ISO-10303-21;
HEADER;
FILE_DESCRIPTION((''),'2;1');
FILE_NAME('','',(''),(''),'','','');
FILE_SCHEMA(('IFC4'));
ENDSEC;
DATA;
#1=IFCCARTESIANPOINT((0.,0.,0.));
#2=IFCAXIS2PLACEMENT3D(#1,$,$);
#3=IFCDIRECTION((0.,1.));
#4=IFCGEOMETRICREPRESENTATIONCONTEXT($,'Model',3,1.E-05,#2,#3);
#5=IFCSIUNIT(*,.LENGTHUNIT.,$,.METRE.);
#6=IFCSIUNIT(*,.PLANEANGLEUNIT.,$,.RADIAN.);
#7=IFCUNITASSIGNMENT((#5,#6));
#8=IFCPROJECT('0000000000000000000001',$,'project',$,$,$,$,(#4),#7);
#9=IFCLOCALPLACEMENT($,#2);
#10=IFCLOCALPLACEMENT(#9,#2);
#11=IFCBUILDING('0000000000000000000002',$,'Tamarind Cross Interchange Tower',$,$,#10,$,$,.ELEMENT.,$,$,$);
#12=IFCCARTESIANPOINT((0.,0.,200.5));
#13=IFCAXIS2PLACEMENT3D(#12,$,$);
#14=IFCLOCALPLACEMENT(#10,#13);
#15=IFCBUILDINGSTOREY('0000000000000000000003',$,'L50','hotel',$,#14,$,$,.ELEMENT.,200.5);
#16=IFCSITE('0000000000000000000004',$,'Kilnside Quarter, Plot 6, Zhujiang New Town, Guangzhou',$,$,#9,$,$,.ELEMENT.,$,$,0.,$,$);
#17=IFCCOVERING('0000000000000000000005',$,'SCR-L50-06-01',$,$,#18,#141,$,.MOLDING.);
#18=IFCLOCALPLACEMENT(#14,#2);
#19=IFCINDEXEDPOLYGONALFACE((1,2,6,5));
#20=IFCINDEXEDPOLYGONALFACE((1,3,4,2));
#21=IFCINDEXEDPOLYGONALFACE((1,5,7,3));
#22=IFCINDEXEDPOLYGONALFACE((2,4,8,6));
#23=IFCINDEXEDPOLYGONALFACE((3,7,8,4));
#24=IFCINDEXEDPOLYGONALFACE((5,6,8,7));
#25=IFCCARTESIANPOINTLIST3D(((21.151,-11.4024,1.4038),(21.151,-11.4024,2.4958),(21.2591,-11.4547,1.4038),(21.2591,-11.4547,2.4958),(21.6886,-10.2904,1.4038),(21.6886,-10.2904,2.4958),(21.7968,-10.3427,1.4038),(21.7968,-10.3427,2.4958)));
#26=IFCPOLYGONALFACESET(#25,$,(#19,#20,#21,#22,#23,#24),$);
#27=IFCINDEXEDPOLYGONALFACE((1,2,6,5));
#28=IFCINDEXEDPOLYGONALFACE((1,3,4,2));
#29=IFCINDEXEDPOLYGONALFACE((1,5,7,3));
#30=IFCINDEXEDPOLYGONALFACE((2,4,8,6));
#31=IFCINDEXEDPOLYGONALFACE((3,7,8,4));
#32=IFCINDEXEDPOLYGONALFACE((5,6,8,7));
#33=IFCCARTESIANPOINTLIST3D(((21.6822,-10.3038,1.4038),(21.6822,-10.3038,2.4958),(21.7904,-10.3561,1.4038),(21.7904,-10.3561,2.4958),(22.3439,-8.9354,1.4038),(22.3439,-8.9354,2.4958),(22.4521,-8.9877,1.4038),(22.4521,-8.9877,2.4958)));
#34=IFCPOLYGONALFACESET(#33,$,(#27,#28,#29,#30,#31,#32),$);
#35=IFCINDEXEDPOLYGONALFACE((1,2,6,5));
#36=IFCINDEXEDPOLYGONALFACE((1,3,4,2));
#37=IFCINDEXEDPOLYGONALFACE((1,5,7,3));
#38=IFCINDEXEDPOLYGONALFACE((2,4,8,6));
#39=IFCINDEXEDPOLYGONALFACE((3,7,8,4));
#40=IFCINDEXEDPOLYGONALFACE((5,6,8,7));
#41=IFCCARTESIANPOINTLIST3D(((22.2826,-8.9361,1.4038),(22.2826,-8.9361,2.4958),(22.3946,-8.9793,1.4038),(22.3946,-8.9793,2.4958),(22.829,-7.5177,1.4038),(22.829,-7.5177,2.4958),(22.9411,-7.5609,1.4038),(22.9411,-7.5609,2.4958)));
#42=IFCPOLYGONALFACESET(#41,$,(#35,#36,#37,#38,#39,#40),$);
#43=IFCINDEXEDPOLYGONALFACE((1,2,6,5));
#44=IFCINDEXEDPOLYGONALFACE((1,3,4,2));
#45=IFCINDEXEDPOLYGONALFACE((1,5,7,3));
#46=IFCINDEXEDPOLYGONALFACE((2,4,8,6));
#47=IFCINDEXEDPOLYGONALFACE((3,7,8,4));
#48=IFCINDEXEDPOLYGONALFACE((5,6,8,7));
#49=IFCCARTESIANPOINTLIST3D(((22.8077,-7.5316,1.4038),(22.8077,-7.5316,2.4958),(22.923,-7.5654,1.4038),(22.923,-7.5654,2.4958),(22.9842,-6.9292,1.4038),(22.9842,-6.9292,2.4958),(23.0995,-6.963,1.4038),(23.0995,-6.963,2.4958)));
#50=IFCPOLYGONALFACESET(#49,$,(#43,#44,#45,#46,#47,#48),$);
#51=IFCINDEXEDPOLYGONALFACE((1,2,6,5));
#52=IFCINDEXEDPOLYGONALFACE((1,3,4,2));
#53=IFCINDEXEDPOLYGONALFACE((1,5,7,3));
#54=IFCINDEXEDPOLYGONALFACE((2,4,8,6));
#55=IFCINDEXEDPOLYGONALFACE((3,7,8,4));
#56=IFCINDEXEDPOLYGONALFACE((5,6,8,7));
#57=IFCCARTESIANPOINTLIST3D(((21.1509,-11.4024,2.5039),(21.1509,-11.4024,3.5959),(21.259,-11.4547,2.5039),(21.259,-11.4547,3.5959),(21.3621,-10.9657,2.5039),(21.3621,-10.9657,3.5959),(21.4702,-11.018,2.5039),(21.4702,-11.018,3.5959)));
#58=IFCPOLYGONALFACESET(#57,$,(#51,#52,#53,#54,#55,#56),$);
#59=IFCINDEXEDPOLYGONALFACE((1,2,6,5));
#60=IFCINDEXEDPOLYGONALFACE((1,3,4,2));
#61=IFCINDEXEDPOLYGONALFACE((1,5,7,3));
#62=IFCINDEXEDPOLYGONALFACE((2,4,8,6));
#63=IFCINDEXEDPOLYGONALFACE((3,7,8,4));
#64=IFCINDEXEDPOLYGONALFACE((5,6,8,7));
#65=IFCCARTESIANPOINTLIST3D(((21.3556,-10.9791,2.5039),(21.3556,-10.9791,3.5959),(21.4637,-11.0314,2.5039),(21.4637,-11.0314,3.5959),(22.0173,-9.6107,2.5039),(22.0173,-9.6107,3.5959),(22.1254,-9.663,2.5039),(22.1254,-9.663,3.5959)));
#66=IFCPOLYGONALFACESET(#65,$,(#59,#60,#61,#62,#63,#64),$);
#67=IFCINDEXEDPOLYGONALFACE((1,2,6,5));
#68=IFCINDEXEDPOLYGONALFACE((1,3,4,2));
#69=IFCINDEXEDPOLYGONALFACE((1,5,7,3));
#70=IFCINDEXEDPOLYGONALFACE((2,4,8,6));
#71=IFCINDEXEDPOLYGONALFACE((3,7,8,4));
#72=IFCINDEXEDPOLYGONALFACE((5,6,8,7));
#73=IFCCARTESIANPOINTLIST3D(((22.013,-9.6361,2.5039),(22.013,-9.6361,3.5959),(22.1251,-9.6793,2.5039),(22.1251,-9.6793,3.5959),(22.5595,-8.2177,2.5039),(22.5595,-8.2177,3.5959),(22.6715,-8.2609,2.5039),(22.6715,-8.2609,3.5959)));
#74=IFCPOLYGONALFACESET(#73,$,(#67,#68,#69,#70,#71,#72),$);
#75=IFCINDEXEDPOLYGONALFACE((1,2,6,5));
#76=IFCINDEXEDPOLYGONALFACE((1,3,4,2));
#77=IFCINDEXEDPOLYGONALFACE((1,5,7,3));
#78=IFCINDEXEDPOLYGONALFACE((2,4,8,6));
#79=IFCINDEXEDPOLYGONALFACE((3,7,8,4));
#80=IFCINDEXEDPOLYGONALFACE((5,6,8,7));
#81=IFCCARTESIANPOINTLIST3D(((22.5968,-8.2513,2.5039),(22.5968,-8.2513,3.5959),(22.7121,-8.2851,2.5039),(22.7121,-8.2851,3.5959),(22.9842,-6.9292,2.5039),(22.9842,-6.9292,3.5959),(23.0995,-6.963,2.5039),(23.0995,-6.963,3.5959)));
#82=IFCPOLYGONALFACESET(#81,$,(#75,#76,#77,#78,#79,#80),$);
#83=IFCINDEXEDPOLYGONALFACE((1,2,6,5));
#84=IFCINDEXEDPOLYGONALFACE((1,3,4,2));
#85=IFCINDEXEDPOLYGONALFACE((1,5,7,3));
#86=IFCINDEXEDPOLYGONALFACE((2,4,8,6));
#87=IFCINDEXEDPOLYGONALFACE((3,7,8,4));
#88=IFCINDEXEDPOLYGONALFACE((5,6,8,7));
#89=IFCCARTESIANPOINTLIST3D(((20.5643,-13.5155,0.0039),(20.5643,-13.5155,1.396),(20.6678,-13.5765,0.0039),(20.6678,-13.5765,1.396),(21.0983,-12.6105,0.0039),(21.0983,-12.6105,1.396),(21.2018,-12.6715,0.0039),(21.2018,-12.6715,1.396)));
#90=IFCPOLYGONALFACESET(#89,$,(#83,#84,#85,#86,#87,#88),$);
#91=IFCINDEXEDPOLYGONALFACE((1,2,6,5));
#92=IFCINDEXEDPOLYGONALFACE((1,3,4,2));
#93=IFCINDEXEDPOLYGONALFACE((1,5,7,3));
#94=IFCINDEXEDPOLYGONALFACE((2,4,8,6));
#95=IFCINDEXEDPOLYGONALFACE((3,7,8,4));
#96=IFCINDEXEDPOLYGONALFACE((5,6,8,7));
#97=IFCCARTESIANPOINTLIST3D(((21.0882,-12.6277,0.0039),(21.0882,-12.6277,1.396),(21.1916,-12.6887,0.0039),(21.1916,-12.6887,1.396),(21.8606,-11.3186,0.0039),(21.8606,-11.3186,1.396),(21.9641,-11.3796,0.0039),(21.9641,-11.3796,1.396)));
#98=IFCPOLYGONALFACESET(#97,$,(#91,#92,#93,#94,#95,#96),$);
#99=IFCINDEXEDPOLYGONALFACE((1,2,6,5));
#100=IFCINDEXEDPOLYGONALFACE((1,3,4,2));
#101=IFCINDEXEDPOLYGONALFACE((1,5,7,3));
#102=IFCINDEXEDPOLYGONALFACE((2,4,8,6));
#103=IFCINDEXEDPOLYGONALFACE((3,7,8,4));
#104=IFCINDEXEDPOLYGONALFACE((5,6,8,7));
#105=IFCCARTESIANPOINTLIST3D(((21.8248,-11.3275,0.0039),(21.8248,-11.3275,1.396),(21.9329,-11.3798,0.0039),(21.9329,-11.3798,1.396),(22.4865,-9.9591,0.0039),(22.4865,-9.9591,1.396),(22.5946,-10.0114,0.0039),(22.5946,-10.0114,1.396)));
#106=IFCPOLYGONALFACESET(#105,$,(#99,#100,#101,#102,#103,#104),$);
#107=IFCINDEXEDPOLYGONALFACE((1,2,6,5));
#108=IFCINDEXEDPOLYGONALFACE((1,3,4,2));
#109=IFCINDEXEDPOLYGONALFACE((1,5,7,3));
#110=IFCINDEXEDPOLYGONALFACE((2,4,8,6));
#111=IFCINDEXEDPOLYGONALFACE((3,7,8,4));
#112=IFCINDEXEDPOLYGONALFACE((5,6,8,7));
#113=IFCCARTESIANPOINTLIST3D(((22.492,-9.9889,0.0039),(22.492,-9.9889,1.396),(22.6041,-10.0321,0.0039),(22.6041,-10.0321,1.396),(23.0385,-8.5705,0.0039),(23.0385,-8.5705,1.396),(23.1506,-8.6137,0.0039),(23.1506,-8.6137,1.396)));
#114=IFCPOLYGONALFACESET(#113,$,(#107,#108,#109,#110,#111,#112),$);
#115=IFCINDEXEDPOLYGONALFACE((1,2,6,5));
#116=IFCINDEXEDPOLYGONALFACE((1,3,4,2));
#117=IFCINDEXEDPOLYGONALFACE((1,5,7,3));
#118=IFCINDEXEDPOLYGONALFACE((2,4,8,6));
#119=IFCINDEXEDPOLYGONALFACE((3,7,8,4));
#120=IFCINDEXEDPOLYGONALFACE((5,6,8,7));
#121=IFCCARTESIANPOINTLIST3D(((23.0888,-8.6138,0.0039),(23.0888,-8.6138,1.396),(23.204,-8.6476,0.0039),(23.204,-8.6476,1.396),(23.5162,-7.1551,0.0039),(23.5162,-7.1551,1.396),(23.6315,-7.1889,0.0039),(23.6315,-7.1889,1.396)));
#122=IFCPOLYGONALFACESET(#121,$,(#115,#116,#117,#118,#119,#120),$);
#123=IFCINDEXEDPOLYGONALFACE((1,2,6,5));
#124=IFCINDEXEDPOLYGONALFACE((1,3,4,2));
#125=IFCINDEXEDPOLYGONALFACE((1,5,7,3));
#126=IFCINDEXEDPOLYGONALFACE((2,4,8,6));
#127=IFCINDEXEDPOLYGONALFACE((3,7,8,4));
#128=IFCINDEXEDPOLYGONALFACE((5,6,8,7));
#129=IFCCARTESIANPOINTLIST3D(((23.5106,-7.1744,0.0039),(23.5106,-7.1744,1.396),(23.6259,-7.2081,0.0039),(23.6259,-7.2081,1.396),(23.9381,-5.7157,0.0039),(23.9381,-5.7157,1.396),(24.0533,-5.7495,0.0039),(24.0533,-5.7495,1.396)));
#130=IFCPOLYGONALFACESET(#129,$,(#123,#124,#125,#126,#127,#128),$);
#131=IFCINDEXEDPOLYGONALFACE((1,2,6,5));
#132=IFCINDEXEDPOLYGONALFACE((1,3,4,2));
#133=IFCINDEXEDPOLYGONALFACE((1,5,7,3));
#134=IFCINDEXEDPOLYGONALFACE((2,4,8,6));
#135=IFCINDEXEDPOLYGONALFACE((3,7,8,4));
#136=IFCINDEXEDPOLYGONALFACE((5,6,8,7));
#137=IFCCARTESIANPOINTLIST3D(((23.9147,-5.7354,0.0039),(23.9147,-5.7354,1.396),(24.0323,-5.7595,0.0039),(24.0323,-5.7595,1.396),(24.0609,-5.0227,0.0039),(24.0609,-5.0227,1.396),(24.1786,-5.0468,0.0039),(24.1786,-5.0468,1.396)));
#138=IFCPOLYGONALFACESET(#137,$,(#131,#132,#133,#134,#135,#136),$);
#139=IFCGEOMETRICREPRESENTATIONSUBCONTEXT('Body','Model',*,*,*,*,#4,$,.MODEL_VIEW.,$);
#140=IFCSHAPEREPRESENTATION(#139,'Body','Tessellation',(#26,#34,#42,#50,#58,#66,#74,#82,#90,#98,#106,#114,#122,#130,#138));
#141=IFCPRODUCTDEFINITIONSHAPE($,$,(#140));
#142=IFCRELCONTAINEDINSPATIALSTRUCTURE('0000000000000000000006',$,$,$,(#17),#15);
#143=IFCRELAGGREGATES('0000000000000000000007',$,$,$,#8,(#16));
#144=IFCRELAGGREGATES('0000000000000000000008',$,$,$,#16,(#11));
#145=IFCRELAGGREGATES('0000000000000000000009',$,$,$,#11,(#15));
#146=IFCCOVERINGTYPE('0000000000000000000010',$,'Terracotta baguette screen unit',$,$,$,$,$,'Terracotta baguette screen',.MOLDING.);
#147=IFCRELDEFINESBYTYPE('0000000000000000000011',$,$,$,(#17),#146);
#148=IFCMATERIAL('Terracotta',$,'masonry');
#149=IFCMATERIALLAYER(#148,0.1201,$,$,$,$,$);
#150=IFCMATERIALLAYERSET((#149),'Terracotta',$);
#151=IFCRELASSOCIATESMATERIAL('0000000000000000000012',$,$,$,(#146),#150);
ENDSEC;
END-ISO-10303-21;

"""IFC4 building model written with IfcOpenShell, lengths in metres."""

from ifc_helpers import new_model, si_unit, direction, frame, origin, origin_2d, place, context, subcontext, project, spatial, rectangle, extrude, material, layer, layer_set, type_object, element, save


model = new_model("IFC4")

# Units and contexts
model_context = context("Model", 3, precision=1e-05, world=origin(), true_north=direction((0.0, 1.0)))
body_context = subcontext(model_context, "Body", "Model", "MODEL_VIEW")
ifc_project = project(units=[si_unit("LENGTHUNIT", "METRE"), si_unit("PLANEANGLEUNIT", "RADIAN")], contexts=[model_context])

# Site, building, storey
site_placement = place(None, origin())
site = spatial("IfcSite", under=ifc_project, at=site_placement, Name="Kilnside Quarter, Plot 6, Zhujiang New Town, Guangzhou", CompositionType="ELEMENT", RefElevation=0.0)
building_placement = place(site_placement, origin())
building = spatial("IfcBuilding", under=site, at=building_placement, Name="Tamarind Cross Interchange Tower", CompositionType="ELEMENT")
storey_placement = place(building_placement, frame((0.0, 0.0, 200.5)))
storey = spatial("IfcBuildingStorey", under=building, at=storey_placement, Name="L50", Description="hotel", CompositionType="ELEMENT", Elevation=200.5)

# Covering
ifc_material_1 = material(Name="Terracotta", Category="masonry")
ifc_layer_1 = layer(ifc_material_1, 0.1201)
ifc_layer_set_1 = layer_set([ifc_layer_1], Name="Terracotta")
covering_type = type_object("IfcCoveringType", Name="Terracotta baguette screen unit", ElementType="Terracotta baguette screen", PredefinedType="MOLDING", material=ifc_layer_set_1)
covering_1_placement = place(storey_placement, origin())
element("IfcCovering", 1, at=covering_1_placement, inside=storey, type_object=covering_type, Name="SCR-L50-06-01", PredefinedType="MOLDING", context=body_context, shape_type="SweptSolid", body=[
    extrude(rectangle(XDim=1.2351, YDim=0.1201, at=origin_2d()), frame((21.4739, -10.8726, 1.4038), z_axis=(0.0, 0.0, 1.0), x_axis=(0.435326, 0.900273, 0.0)), (0.0, 0.0, 1.0), 1.092),
    extrude(rectangle(XDim=1.52, YDim=0.1201, at=origin_2d()), frame((22.0671, -9.6458, 1.4038), z_axis=(0.0, 0.0, 1.0), x_axis=(0.435326, 0.900273, 0.0)), (0.0, 0.0, 1.0), 1.092),
    extrude(rectangle(XDim=1.52, YDim=0.1201, at=origin_2d()), frame((22.6118, -8.2485, 1.4038), z_axis=(0.0, 0.0, 1.0), x_axis=(0.359495, 0.933147, 0.0)), (0.0, 0.0, 1.0), 1.092),
    extrude(rectangle(XDim=0.6277, YDim=0.1201, at=origin_2d()), frame((22.9536, -7.2473, 1.4038), z_axis=(0.0, 0.0, 1.0), x_axis=(0.281209, 0.959647, 0.0)), (0.0, 0.0, 1.0), 1.092),
    extrude(rectangle(XDim=0.4851, YDim=0.1201, at=origin_2d()), frame((21.3105, -11.2102, 2.5039), z_axis=(0.0, 0.0, 1.0), x_axis=(0.435326, 0.900273, 0.0)), (0.0, 0.0, 1.0), 1.092),
    extrude(rectangle(XDim=1.52, YDim=0.1201, at=origin_2d()), frame((21.7405, -10.321, 2.5039), z_axis=(0.0, 0.0, 1.0), x_axis=(0.435326, 0.900273, 0.0)), (0.0, 0.0, 1.0), 1.092),
    extrude(rectangle(XDim=1.52, YDim=0.1201, at=origin_2d()), frame((22.3423, -8.9485, 2.5039), z_axis=(0.0, 0.0, 1.0), x_axis=(0.359495, 0.933147, 0.0)), (0.0, 0.0, 1.0), 1.092),
    extrude(rectangle(XDim=1.3777, YDim=0.1201, at=origin_2d()), frame((22.8481, -7.6072, 2.5039), z_axis=(0.0, 0.0, 1.0), x_axis=(0.281209, 0.959647, 0.0)), (0.0, 0.0, 1.0), 1.092),
    extrude(rectangle(XDim=1.0508, YDim=0.1201, at=origin_2d()), frame((20.8831, -13.0935, 0.0039), z_axis=(0.0, 0.0, 1.0), x_axis=(0.508183, 0.861249, 0.0)), (0.0, 0.0, 1.0), 1.3921),
    extrude(rectangle(XDim=1.52, YDim=0.1201, at=origin_2d()), frame((21.5261, -12.0037, 0.0039), z_axis=(0.0, 0.0, 1.0), x_axis=(0.508183, 0.861249, 0.0)), (0.0, 0.0, 1.0), 1.3921),
    extrude(rectangle(XDim=1.52, YDim=0.1201, at=origin_2d()), frame((22.2097, -10.6694, 0.0039), z_axis=(0.0, 0.0, 1.0), x_axis=(0.435326, 0.900273, 0.0)), (0.0, 0.0, 1.0), 1.3921),
    extrude(rectangle(XDim=1.52, YDim=0.1201, at=origin_2d()), frame((22.8213, -9.3013, 0.0039), z_axis=(0.0, 0.0, 1.0), x_axis=(0.359495, 0.933147, 0.0)), (0.0, 0.0, 1.0), 1.3921),
    extrude(rectangle(XDim=1.52, YDim=0.1201, at=origin_2d()), frame((23.3601, -7.9014, 0.0039), z_axis=(0.0, 0.0, 1.0), x_axis=(0.281209, 0.959647, 0.0)), (0.0, 0.0, 1.0), 1.3921),
    extrude(rectangle(XDim=1.52, YDim=0.1201, at=origin_2d()), frame((23.782, -6.4619, 0.0039), z_axis=(0.0, 0.0, 1.0), x_axis=(0.281209, 0.959647, 0.0)), (0.0, 0.0, 1.0), 1.3921),
    extrude(rectangle(XDim=0.7275, YDim=0.1201, at=origin_2d()), frame((24.0466, -5.3911, 0.0039), z_axis=(0.0, 0.0, 1.0), x_axis=(0.201001, 0.979591, 0.0)), (0.0, 0.0, 1.0), 1.3921),
])

save(model, "model.ifc")
